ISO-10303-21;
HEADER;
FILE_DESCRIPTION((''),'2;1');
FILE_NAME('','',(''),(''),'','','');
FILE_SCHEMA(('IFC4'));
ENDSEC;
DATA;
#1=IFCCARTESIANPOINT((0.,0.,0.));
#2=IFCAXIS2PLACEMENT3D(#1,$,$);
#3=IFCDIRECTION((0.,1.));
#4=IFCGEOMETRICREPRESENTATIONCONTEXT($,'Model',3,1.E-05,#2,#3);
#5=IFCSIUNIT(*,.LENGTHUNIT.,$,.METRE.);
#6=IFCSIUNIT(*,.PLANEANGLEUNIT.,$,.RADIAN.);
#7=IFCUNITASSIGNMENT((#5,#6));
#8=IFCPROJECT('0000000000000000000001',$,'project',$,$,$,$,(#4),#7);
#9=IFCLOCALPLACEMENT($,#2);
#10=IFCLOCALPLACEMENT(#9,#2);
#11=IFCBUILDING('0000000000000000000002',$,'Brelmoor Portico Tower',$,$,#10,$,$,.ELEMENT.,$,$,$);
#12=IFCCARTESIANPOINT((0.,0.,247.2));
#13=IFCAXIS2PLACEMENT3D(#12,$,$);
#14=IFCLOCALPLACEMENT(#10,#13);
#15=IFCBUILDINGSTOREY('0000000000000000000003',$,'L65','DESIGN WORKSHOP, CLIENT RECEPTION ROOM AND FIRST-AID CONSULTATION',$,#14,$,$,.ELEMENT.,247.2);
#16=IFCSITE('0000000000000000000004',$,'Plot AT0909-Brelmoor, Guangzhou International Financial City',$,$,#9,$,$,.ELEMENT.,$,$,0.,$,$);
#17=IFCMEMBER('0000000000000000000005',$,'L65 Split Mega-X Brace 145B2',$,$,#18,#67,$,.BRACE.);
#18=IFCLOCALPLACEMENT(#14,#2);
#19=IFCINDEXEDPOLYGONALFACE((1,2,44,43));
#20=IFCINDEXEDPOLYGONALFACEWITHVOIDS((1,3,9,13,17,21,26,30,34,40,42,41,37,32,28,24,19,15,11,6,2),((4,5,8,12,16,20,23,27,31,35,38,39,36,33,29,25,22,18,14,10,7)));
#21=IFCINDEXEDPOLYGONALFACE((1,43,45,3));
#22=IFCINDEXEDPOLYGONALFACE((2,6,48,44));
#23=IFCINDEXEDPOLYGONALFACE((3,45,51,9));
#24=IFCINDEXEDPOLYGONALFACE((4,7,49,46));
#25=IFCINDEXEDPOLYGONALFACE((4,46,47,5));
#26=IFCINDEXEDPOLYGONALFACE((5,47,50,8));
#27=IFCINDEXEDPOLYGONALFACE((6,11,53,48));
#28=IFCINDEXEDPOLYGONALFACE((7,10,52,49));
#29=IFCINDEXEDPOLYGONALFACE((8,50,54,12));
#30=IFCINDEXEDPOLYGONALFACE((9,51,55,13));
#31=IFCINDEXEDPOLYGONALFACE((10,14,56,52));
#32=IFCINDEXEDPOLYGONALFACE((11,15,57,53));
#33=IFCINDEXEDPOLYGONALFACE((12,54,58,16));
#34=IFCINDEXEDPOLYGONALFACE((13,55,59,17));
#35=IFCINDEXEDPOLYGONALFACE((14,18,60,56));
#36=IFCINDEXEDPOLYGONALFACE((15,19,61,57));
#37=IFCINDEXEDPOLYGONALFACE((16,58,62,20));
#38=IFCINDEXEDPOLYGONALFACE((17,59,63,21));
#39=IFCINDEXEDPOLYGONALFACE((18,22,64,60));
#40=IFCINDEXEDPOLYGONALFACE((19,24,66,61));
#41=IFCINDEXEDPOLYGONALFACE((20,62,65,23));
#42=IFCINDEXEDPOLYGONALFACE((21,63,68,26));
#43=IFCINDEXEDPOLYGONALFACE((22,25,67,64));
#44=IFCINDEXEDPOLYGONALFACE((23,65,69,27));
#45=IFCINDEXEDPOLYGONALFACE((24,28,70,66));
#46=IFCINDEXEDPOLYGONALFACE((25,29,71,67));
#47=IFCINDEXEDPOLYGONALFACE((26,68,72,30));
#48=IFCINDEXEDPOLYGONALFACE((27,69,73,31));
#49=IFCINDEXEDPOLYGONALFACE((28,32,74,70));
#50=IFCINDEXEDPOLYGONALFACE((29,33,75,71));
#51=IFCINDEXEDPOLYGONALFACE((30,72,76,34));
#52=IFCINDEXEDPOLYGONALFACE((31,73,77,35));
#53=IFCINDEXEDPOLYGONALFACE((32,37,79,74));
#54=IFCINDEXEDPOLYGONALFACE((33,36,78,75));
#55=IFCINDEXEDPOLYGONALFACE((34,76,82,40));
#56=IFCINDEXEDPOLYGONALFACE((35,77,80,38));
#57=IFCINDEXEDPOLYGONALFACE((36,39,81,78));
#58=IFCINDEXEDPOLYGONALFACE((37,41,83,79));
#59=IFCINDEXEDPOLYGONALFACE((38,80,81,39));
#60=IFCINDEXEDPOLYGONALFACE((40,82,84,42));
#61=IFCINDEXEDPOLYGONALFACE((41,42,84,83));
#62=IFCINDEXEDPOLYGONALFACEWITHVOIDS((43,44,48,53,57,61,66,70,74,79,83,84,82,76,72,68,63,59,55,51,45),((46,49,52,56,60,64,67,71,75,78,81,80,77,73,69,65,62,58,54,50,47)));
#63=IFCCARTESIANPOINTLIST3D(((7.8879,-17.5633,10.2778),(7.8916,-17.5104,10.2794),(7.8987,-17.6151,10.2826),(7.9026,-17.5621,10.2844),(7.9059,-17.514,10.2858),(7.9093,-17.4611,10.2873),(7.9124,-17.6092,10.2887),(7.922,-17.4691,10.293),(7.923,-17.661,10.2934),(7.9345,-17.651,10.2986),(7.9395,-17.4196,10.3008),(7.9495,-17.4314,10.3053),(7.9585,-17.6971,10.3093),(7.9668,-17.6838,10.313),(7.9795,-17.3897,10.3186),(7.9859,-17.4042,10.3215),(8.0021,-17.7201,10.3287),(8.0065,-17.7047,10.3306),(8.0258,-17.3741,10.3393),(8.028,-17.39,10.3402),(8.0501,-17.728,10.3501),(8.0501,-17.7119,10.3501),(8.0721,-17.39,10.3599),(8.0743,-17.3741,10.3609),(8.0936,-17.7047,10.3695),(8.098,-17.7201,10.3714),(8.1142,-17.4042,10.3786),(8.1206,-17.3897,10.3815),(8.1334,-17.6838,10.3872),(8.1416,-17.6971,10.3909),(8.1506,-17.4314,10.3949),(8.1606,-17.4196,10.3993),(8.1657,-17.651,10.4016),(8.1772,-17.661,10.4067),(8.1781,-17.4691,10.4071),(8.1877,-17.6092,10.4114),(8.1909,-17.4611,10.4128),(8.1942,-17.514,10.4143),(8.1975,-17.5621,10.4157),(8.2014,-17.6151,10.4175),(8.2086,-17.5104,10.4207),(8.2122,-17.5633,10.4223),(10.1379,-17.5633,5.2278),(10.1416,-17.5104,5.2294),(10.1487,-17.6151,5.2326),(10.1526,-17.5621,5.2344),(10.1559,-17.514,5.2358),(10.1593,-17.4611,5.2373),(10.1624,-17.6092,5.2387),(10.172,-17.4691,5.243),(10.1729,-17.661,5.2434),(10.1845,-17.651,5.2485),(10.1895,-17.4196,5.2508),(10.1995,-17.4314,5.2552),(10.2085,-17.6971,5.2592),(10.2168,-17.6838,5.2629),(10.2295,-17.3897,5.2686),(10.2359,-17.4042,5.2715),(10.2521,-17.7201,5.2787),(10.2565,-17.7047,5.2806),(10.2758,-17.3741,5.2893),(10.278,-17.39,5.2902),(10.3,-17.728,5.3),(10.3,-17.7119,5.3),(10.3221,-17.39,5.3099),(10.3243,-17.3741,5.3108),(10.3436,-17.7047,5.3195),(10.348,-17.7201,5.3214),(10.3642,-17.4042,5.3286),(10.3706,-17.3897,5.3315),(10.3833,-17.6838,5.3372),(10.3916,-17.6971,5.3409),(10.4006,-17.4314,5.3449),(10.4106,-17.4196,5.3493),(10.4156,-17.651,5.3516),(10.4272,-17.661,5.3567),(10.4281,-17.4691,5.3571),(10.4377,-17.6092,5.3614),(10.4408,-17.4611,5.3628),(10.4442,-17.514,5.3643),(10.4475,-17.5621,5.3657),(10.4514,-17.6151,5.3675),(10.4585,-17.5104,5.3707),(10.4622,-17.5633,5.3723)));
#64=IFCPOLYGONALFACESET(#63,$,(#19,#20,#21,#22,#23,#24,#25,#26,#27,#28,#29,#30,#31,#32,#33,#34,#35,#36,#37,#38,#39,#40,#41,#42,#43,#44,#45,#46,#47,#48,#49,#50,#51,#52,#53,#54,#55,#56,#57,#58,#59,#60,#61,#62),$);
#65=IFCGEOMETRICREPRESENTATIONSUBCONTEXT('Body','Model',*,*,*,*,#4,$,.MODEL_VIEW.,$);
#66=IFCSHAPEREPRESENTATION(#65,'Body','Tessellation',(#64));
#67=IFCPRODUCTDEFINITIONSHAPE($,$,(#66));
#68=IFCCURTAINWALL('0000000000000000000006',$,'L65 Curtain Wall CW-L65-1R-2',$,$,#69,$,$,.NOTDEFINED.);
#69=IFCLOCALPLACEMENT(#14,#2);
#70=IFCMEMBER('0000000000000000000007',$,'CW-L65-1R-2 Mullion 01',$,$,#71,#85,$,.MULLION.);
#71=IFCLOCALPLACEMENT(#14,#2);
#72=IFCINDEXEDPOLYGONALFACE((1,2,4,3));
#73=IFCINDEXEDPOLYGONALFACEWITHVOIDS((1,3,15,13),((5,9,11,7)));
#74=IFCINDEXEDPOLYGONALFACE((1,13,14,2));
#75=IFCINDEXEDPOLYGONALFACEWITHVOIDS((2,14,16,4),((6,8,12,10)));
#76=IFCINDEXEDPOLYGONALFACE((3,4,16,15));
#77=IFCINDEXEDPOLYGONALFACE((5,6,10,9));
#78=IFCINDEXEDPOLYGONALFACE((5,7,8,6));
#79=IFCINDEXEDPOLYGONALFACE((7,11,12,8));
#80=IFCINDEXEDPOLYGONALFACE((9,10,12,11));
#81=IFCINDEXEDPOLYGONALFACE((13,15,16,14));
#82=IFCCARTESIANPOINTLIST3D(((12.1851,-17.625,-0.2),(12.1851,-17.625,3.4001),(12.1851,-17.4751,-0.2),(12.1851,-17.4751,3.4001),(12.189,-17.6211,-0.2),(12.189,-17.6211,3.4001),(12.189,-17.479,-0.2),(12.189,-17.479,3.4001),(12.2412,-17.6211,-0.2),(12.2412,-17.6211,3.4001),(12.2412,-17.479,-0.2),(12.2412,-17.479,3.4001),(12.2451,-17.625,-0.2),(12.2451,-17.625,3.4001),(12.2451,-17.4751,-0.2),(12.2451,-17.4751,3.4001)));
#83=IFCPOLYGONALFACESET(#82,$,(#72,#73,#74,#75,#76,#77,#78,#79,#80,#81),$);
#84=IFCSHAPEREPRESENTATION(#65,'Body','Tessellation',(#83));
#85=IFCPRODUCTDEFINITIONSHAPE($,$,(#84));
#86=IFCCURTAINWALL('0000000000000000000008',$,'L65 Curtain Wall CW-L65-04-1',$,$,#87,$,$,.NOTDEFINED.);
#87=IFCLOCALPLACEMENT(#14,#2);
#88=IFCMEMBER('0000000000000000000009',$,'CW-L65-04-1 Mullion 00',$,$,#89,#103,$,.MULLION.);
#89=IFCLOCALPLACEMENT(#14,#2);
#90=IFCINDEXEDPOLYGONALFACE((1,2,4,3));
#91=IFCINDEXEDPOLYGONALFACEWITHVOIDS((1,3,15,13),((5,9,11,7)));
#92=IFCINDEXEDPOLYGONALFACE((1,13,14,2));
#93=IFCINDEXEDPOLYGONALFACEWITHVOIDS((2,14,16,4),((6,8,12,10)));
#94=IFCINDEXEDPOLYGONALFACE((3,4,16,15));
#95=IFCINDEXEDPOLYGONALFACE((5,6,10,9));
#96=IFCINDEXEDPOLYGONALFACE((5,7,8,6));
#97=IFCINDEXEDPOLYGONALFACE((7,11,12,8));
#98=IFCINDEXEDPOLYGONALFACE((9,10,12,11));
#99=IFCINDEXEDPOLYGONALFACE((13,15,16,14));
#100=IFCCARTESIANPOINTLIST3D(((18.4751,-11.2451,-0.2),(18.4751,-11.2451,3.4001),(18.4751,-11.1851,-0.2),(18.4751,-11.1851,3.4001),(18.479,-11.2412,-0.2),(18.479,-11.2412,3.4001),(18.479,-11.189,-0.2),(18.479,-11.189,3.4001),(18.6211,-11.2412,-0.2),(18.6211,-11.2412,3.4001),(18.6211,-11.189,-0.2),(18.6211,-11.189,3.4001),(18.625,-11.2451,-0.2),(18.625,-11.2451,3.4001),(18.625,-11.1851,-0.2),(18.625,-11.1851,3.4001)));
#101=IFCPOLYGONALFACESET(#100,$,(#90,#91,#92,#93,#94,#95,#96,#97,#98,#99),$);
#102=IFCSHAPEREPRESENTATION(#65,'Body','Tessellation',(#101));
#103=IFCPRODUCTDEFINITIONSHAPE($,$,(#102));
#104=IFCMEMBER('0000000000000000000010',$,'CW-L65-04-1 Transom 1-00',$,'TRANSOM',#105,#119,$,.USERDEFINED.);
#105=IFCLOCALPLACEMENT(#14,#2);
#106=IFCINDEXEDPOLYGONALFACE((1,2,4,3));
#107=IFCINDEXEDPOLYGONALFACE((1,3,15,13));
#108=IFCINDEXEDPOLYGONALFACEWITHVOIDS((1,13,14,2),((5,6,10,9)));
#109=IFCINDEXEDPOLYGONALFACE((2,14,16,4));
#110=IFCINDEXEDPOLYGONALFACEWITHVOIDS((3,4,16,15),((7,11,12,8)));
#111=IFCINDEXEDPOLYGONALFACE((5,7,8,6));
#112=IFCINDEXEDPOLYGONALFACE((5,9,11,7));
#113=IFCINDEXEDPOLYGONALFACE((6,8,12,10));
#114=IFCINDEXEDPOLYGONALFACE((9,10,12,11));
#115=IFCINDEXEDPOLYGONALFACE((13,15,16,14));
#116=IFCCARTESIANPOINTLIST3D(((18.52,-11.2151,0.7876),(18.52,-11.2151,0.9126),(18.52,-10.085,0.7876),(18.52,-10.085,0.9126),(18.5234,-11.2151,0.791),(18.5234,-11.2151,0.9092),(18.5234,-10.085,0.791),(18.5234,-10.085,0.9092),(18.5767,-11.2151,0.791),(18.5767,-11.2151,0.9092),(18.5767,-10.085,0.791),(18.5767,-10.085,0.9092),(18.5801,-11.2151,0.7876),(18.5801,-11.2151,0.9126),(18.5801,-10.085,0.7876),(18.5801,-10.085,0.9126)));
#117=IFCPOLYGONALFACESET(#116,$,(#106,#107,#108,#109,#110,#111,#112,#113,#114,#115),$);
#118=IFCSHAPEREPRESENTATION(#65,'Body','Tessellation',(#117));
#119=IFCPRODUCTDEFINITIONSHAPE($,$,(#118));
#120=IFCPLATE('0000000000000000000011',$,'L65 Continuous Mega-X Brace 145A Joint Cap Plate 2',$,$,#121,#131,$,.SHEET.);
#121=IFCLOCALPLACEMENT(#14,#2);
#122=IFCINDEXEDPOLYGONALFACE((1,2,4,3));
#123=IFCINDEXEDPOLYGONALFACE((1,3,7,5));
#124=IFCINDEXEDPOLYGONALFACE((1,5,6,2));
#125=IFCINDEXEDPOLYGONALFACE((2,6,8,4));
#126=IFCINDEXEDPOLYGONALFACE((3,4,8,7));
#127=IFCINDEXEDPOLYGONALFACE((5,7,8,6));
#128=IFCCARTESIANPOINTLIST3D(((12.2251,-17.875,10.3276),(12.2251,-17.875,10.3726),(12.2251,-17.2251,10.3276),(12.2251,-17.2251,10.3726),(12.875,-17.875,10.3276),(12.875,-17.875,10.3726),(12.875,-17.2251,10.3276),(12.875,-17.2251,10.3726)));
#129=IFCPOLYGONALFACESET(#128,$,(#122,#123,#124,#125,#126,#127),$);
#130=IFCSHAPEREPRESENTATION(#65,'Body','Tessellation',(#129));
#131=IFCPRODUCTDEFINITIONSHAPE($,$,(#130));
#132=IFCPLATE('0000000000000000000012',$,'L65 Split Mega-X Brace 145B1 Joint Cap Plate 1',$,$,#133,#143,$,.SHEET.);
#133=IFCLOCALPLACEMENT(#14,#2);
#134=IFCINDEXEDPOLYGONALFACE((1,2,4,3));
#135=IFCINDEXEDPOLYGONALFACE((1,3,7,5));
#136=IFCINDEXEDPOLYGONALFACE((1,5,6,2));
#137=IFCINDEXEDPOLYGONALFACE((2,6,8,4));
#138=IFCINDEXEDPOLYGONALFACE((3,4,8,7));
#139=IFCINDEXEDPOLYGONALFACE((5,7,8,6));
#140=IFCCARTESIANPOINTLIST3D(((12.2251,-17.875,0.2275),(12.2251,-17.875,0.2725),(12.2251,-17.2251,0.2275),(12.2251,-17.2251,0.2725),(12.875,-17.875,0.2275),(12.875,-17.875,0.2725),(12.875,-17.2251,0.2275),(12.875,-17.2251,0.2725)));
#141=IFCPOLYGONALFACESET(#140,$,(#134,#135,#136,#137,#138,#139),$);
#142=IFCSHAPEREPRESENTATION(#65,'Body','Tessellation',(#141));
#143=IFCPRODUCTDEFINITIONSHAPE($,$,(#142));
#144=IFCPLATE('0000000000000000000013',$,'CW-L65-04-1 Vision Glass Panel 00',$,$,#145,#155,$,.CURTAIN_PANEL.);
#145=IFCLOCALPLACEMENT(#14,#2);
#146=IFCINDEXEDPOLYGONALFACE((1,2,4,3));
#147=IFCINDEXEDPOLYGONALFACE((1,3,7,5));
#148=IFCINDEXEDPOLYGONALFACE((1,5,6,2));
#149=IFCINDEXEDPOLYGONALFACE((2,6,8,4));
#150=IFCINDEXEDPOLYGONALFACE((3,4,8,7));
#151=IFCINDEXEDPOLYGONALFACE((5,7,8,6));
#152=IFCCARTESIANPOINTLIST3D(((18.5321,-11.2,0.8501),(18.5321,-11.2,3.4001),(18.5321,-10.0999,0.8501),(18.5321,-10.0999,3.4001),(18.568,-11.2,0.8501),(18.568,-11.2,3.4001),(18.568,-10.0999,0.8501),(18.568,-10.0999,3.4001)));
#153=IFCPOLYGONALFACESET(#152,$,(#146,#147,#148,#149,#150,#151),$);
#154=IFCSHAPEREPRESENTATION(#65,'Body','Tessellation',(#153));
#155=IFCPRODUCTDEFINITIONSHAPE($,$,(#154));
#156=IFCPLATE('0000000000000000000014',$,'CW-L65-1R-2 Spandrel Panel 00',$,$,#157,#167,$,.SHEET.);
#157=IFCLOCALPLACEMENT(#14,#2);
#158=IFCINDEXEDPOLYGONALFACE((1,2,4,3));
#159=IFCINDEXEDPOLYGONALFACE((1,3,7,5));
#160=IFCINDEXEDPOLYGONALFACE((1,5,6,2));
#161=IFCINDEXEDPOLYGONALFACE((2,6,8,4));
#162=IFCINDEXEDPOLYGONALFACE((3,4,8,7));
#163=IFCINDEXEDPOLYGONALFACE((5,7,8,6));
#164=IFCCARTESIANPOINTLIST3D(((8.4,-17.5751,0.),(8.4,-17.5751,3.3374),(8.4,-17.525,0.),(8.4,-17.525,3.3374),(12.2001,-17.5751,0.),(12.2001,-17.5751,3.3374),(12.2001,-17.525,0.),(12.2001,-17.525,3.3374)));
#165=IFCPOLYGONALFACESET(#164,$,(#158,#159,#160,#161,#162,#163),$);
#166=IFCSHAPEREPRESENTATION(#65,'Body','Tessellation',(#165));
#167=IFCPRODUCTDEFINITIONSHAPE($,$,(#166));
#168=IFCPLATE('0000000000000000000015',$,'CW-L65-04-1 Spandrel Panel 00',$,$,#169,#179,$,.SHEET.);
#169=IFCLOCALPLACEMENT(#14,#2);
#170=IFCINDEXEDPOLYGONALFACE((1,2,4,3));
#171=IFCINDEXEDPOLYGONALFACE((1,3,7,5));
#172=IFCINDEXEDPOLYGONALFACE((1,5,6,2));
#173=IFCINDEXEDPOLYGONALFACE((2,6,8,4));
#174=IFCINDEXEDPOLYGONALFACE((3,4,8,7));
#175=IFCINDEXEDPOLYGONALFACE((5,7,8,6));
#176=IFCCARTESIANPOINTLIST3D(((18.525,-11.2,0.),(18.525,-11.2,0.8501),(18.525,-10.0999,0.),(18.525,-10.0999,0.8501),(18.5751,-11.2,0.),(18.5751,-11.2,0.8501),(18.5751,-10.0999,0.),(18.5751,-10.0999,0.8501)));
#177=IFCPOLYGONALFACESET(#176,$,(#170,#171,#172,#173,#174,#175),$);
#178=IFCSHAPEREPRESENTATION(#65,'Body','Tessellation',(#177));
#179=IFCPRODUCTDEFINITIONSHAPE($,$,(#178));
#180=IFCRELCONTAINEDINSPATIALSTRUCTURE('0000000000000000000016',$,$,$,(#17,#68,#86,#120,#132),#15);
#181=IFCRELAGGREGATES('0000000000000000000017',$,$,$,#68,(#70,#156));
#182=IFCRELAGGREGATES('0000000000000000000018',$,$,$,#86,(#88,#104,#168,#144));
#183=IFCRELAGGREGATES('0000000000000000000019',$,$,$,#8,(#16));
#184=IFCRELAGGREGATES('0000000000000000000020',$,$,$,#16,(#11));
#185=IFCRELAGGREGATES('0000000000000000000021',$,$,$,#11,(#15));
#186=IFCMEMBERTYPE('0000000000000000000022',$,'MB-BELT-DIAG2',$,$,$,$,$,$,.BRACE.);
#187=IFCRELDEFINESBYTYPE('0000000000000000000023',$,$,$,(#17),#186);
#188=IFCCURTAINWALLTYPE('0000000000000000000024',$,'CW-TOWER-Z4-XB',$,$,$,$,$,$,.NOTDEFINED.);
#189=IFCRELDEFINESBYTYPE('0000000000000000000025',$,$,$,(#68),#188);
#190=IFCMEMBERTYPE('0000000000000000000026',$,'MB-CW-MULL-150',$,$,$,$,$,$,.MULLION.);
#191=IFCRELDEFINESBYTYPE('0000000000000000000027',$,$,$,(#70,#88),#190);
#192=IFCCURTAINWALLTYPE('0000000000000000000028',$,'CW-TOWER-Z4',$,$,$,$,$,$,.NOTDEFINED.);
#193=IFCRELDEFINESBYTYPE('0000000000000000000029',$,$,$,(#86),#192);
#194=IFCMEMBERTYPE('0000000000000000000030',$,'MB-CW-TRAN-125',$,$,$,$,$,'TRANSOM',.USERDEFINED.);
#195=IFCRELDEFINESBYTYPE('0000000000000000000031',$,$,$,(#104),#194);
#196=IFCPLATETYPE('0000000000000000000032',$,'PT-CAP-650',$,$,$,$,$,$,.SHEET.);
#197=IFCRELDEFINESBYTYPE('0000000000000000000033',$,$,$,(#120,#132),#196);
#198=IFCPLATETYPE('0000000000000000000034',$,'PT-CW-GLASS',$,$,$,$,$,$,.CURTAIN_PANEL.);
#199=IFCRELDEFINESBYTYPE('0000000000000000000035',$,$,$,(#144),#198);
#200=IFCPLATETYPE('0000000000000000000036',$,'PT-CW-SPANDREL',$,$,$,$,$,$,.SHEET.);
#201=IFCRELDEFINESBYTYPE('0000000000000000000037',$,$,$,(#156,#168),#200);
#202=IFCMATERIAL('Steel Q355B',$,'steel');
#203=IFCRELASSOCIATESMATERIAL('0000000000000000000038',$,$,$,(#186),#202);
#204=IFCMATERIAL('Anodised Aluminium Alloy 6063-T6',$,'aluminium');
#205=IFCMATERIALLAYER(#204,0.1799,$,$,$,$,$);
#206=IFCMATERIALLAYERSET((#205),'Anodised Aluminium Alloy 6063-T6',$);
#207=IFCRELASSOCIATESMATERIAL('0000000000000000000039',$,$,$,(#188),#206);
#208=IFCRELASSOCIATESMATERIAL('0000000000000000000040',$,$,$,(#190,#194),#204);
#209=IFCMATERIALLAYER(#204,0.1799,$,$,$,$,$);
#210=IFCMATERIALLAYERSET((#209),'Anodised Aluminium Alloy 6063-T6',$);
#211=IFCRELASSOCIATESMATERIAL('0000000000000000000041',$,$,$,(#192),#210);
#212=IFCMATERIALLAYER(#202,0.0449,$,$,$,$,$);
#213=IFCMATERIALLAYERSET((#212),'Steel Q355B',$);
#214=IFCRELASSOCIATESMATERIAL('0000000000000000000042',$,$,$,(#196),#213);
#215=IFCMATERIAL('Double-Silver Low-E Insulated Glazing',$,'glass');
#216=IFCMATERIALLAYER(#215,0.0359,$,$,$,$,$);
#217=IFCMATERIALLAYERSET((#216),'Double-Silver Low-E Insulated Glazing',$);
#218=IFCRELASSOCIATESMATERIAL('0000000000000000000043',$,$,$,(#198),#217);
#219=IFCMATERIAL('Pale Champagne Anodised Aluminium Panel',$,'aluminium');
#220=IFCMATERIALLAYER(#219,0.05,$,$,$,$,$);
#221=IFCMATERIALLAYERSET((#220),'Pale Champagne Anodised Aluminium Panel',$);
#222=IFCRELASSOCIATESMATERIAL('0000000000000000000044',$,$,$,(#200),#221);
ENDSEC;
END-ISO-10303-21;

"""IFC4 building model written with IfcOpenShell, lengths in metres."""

from ifc_helpers import new_model, si_unit, direction, frame, origin, origin_2d, place, context, subcontext, project, spatial, rectangle, hollow_rectangle, hollow_circle, extrude, material, layer, layer_set, material_profile, profile_set, type_object, element, aggregate, save


model = new_model("IFC4")

# Units and contexts
model_context = context("Model", 3, precision=1e-05, world=origin(), true_north=direction((0.0, 1.0)))
body_context = subcontext(model_context, "Body", "Model", "MODEL_VIEW")
ifc_project = project(units=[si_unit("LENGTHUNIT", "METRE"), si_unit("PLANEANGLEUNIT", "RADIAN")], contexts=[model_context])

# Site, building, storey
site_placement = place(None, origin())
site = spatial("IfcSite", under=ifc_project, at=site_placement, Name="Plot AT0909-Brelmoor, Guangzhou International Financial City", CompositionType="ELEMENT", RefElevation=0.0)
building_placement = place(site_placement, origin())
building = spatial("IfcBuilding", under=site, at=building_placement, Name="Brelmoor Portico Tower", CompositionType="ELEMENT")
storey_placement = place(building_placement, frame((0.0, 0.0, 247.2)))
storey = spatial("IfcBuildingStorey", under=building, at=storey_placement, Name="L65", Description="DESIGN WORKSHOP, CLIENT RECEPTION ROOM AND FIRST-AID CONSULTATION", CompositionType="ELEMENT", Elevation=247.2)

# Shared definitions
ifc_material_1 = material(Name="Steel Q355B", Category="steel")

# Member
ifc_material_profile_1 = material_profile(ifc_material_1, hollow_circle(Radius=0.178, WallThickness=0.0161, at=origin_2d()), Name="CHS 356x16")
ifc_profile_set_1 = profile_set([ifc_material_profile_1], Name="Steel Q355B")
member_type_1 = type_object("IfcMemberType", Name="MB-BELT-DIAG2", PredefinedType="BRACE", material=ifc_profile_set_1)
for number, where, z_axis, x_axis, name in (
    (1, (10.3, -17.55, 5.3), (-0.406974, 0.0, 0.91344), (0.0, -1.0, 0.0), "L65 Split Mega-X Brace 145B2"),
):
    element("IfcMember", number, at=place(storey_placement, frame(where, z_axis=z_axis, x_axis=x_axis)), inside=storey, type_object=member_type_1, Name=name, PredefinedType="BRACE", context=body_context, shape_type="SweptSolid", body=[
        extrude(hollow_circle(Radius=0.178, WallThickness=0.0161, at=origin_2d()), origin(), (0.0, 0.0, 1.0), 5.5286),
    ])

# Curtain wall, member
ifc_material_2 = material(Name="Anodised Aluminium Alloy 6063-T6", Category="aluminium")
ifc_layer_1 = layer(ifc_material_2, 0.1799)
ifc_layer_set_1 = layer_set([ifc_layer_1], Name="Anodised Aluminium Alloy 6063-T6")
curtain_wall_type_1 = type_object("IfcCurtainWallType", Name="CW-TOWER-Z4-XB", PredefinedType="NOTDEFINED", material=ifc_layer_set_1)
curtain_wall_1_placement = place(storey_placement, origin())
curtain_wall_1 = element("IfcCurtainWall", 2, at=curtain_wall_1_placement, inside=storey, type_object=curtain_wall_type_1, Name="L65 Curtain Wall CW-L65-1R-2", PredefinedType="NOTDEFINED")
ifc_material_profile_2 = material_profile(ifc_material_2, hollow_rectangle(XDim=0.0601, YDim=0.1499, WallThickness=0.0039, at=origin_2d()), Name="ALU MULLION 60x150")
ifc_profile_set_2 = profile_set([ifc_material_profile_2], Name="Anodised Aluminium Alloy 6063-T6")
member_type_2 = type_object("IfcMemberType", Name="MB-CW-MULL-150", PredefinedType="MULLION", material=ifc_profile_set_2)
member_1_placement = place(storey_placement, frame((12.2151, -17.55, -0.2), z_axis=(0.0, 0.0, 1.0), x_axis=(1.0, 0.0, 0.0)))
member_1 = element("IfcMember", 3, at=member_1_placement, type_object=member_type_2, Name="CW-L65-1R-2 Mullion 01", PredefinedType="MULLION", context=body_context, shape_type="SweptSolid", body=[
    extrude(hollow_rectangle(XDim=0.0601, YDim=0.1499, WallThickness=0.0039, at=origin_2d()), origin(), (0.0, 0.0, 1.0), 3.6001),
])

# Curtain wall, members
ifc_layer_2 = layer(ifc_material_2, 0.1799)
ifc_layer_set_2 = layer_set([ifc_layer_2], Name="Anodised Aluminium Alloy 6063-T6")
curtain_wall_type_2 = type_object("IfcCurtainWallType", Name="CW-TOWER-Z4", PredefinedType="NOTDEFINED", material=ifc_layer_set_2)
curtain_wall_2_placement = place(storey_placement, origin())
curtain_wall_2 = element("IfcCurtainWall", 4, at=curtain_wall_2_placement, inside=storey, type_object=curtain_wall_type_2, Name="L65 Curtain Wall CW-L65-04-1", PredefinedType="NOTDEFINED")
member_2_placement = place(storey_placement, frame((18.55, -11.2151, -0.2), z_axis=(0.0, 0.0, 1.0), x_axis=(0.0, 1.0, 0.0)))
member_2 = element("IfcMember", 5, at=member_2_placement, type_object=member_type_2, Name="CW-L65-04-1 Mullion 00", PredefinedType="MULLION", context=body_context, shape_type="SweptSolid", body=[
    extrude(hollow_rectangle(XDim=0.0601, YDim=0.1499, WallThickness=0.0039, at=origin_2d()), origin(), (0.0, 0.0, 1.0), 3.6001),
])
ifc_material_profile_3 = material_profile(ifc_material_2, hollow_rectangle(XDim=0.0601, YDim=0.125, WallThickness=0.0034, at=origin_2d()), Name="ALU TRANSOM 60x125")
ifc_profile_set_3 = profile_set([ifc_material_profile_3], Name="Anodised Aluminium Alloy 6063-T6")
member_type_3 = type_object("IfcMemberType", Name="MB-CW-TRAN-125", ElementType="TRANSOM", PredefinedType="USERDEFINED", material=ifc_profile_set_3)
member_3_placement = place(storey_placement, frame((18.55, -11.2151, 0.8501), z_axis=(0.0, 1.0, 0.0), x_axis=(-1.0, 0.0, 0.0)))
member_3 = element("IfcMember", 6, at=member_3_placement, type_object=member_type_3, Name="CW-L65-04-1 Transom 1-00", ObjectType="TRANSOM", PredefinedType="USERDEFINED", context=body_context, shape_type="SweptSolid", body=[
    extrude(hollow_rectangle(XDim=0.0601, YDim=0.125, WallThickness=0.0034, at=origin_2d()), origin(), (0.0, 0.0, 1.0), 1.1301),
])

# Plates
ifc_layer_3 = layer(ifc_material_1, 0.0449)
ifc_layer_set_3 = layer_set([ifc_layer_3], Name="Steel Q355B")
plate_type_1 = type_object("IfcPlateType", Name="PT-CAP-650", PredefinedType="SHEET", material=ifc_layer_set_3)
for number, where, z_axis, x_axis, name in (
    (7, (12.55, -17.55, 10.3276), (0.0, 0.0, 1.0), (1.0, 0.0, 0.0), "L65 Continuous Mega-X Brace 145A Joint Cap Plate 2"),
    (8, (12.55, -17.55, 0.2275), (0.0, 0.0, 1.0), (1.0, 0.0, 0.0), "L65 Split Mega-X Brace 145B1 Joint Cap Plate 1"),
):
    element("IfcPlate", number, at=place(storey_placement, frame(where, z_axis=z_axis, x_axis=x_axis)), inside=storey, type_object=plate_type_1, Name=name, PredefinedType="SHEET", context=body_context, shape_type="SweptSolid", body=[
        extrude(rectangle(XDim=0.6499, YDim=0.6499, at=origin_2d()), origin(), (0.0, 0.0, 1.0), 0.0449),
    ])

# Plates
ifc_material_3 = material(Name="Double-Silver Low-E Insulated Glazing", Category="glass")
ifc_layer_4 = layer(ifc_material_3, 0.0359)
ifc_layer_set_4 = layer_set([ifc_layer_4], Name="Double-Silver Low-E Insulated Glazing")
plate_type_2 = type_object("IfcPlateType", Name="PT-CW-GLASS", PredefinedType="CURTAIN_PANEL", material=ifc_layer_set_4)
plate_1_placement = place(storey_placement, frame((18.55, -10.6499, 0.8501), z_axis=(0.0, 0.0, 1.0), x_axis=(0.0, 1.0, 0.0)))
plate_1 = element("IfcPlate", 9, at=plate_1_placement, type_object=plate_type_2, Name="CW-L65-04-1 Vision Glass Panel 00", PredefinedType="CURTAIN_PANEL", context=body_context, shape_type="SweptSolid", body=[
    extrude(rectangle(XDim=1.1001, YDim=0.0359, at=origin_2d()), origin(), (0.0, 0.0, 1.0), 2.55),
])
ifc_material_4 = material(Name="Pale Champagne Anodised Aluminium Panel", Category="aluminium")
ifc_layer_5 = layer(ifc_material_4, 0.05)
ifc_layer_set_5 = layer_set([ifc_layer_5], Name="Pale Champagne Anodised Aluminium Panel")
plate_type_3 = type_object("IfcPlateType", Name="PT-CW-SPANDREL", PredefinedType="SHEET", material=ifc_layer_set_5)
plate_2_placement = place(storey_placement, frame((10.3, -17.55, 0.0), z_axis=(0.0, 0.0, 1.0), x_axis=(1.0, 0.0, 0.0)))
plate_2 = element("IfcPlate", 10, at=plate_2_placement, type_object=plate_type_3, Name="CW-L65-1R-2 Spandrel Panel 00", PredefinedType="SHEET", context=body_context, shape_type="SweptSolid", body=[
    extrude(rectangle(XDim=3.8, YDim=0.05, at=origin_2d()), origin(), (0.0, 0.0, 1.0), 3.3374),
])
aggregate(curtain_wall_1, [member_1, plate_2])
plate_3_placement = place(storey_placement, frame((18.55, -10.6499, 0.0), z_axis=(0.0, 0.0, 1.0), x_axis=(0.0, 1.0, 0.0)))
plate_3 = element("IfcPlate", 11, at=plate_3_placement, type_object=plate_type_3, Name="CW-L65-04-1 Spandrel Panel 00", PredefinedType="SHEET", context=body_context, shape_type="SweptSolid", body=[
    extrude(rectangle(XDim=1.1001, YDim=0.05, at=origin_2d()), origin(), (0.0, 0.0, 1.0), 0.8501),
])
aggregate(curtain_wall_2, [member_2, member_3, plate_3, plate_1])

save(model, "model.ifc")
